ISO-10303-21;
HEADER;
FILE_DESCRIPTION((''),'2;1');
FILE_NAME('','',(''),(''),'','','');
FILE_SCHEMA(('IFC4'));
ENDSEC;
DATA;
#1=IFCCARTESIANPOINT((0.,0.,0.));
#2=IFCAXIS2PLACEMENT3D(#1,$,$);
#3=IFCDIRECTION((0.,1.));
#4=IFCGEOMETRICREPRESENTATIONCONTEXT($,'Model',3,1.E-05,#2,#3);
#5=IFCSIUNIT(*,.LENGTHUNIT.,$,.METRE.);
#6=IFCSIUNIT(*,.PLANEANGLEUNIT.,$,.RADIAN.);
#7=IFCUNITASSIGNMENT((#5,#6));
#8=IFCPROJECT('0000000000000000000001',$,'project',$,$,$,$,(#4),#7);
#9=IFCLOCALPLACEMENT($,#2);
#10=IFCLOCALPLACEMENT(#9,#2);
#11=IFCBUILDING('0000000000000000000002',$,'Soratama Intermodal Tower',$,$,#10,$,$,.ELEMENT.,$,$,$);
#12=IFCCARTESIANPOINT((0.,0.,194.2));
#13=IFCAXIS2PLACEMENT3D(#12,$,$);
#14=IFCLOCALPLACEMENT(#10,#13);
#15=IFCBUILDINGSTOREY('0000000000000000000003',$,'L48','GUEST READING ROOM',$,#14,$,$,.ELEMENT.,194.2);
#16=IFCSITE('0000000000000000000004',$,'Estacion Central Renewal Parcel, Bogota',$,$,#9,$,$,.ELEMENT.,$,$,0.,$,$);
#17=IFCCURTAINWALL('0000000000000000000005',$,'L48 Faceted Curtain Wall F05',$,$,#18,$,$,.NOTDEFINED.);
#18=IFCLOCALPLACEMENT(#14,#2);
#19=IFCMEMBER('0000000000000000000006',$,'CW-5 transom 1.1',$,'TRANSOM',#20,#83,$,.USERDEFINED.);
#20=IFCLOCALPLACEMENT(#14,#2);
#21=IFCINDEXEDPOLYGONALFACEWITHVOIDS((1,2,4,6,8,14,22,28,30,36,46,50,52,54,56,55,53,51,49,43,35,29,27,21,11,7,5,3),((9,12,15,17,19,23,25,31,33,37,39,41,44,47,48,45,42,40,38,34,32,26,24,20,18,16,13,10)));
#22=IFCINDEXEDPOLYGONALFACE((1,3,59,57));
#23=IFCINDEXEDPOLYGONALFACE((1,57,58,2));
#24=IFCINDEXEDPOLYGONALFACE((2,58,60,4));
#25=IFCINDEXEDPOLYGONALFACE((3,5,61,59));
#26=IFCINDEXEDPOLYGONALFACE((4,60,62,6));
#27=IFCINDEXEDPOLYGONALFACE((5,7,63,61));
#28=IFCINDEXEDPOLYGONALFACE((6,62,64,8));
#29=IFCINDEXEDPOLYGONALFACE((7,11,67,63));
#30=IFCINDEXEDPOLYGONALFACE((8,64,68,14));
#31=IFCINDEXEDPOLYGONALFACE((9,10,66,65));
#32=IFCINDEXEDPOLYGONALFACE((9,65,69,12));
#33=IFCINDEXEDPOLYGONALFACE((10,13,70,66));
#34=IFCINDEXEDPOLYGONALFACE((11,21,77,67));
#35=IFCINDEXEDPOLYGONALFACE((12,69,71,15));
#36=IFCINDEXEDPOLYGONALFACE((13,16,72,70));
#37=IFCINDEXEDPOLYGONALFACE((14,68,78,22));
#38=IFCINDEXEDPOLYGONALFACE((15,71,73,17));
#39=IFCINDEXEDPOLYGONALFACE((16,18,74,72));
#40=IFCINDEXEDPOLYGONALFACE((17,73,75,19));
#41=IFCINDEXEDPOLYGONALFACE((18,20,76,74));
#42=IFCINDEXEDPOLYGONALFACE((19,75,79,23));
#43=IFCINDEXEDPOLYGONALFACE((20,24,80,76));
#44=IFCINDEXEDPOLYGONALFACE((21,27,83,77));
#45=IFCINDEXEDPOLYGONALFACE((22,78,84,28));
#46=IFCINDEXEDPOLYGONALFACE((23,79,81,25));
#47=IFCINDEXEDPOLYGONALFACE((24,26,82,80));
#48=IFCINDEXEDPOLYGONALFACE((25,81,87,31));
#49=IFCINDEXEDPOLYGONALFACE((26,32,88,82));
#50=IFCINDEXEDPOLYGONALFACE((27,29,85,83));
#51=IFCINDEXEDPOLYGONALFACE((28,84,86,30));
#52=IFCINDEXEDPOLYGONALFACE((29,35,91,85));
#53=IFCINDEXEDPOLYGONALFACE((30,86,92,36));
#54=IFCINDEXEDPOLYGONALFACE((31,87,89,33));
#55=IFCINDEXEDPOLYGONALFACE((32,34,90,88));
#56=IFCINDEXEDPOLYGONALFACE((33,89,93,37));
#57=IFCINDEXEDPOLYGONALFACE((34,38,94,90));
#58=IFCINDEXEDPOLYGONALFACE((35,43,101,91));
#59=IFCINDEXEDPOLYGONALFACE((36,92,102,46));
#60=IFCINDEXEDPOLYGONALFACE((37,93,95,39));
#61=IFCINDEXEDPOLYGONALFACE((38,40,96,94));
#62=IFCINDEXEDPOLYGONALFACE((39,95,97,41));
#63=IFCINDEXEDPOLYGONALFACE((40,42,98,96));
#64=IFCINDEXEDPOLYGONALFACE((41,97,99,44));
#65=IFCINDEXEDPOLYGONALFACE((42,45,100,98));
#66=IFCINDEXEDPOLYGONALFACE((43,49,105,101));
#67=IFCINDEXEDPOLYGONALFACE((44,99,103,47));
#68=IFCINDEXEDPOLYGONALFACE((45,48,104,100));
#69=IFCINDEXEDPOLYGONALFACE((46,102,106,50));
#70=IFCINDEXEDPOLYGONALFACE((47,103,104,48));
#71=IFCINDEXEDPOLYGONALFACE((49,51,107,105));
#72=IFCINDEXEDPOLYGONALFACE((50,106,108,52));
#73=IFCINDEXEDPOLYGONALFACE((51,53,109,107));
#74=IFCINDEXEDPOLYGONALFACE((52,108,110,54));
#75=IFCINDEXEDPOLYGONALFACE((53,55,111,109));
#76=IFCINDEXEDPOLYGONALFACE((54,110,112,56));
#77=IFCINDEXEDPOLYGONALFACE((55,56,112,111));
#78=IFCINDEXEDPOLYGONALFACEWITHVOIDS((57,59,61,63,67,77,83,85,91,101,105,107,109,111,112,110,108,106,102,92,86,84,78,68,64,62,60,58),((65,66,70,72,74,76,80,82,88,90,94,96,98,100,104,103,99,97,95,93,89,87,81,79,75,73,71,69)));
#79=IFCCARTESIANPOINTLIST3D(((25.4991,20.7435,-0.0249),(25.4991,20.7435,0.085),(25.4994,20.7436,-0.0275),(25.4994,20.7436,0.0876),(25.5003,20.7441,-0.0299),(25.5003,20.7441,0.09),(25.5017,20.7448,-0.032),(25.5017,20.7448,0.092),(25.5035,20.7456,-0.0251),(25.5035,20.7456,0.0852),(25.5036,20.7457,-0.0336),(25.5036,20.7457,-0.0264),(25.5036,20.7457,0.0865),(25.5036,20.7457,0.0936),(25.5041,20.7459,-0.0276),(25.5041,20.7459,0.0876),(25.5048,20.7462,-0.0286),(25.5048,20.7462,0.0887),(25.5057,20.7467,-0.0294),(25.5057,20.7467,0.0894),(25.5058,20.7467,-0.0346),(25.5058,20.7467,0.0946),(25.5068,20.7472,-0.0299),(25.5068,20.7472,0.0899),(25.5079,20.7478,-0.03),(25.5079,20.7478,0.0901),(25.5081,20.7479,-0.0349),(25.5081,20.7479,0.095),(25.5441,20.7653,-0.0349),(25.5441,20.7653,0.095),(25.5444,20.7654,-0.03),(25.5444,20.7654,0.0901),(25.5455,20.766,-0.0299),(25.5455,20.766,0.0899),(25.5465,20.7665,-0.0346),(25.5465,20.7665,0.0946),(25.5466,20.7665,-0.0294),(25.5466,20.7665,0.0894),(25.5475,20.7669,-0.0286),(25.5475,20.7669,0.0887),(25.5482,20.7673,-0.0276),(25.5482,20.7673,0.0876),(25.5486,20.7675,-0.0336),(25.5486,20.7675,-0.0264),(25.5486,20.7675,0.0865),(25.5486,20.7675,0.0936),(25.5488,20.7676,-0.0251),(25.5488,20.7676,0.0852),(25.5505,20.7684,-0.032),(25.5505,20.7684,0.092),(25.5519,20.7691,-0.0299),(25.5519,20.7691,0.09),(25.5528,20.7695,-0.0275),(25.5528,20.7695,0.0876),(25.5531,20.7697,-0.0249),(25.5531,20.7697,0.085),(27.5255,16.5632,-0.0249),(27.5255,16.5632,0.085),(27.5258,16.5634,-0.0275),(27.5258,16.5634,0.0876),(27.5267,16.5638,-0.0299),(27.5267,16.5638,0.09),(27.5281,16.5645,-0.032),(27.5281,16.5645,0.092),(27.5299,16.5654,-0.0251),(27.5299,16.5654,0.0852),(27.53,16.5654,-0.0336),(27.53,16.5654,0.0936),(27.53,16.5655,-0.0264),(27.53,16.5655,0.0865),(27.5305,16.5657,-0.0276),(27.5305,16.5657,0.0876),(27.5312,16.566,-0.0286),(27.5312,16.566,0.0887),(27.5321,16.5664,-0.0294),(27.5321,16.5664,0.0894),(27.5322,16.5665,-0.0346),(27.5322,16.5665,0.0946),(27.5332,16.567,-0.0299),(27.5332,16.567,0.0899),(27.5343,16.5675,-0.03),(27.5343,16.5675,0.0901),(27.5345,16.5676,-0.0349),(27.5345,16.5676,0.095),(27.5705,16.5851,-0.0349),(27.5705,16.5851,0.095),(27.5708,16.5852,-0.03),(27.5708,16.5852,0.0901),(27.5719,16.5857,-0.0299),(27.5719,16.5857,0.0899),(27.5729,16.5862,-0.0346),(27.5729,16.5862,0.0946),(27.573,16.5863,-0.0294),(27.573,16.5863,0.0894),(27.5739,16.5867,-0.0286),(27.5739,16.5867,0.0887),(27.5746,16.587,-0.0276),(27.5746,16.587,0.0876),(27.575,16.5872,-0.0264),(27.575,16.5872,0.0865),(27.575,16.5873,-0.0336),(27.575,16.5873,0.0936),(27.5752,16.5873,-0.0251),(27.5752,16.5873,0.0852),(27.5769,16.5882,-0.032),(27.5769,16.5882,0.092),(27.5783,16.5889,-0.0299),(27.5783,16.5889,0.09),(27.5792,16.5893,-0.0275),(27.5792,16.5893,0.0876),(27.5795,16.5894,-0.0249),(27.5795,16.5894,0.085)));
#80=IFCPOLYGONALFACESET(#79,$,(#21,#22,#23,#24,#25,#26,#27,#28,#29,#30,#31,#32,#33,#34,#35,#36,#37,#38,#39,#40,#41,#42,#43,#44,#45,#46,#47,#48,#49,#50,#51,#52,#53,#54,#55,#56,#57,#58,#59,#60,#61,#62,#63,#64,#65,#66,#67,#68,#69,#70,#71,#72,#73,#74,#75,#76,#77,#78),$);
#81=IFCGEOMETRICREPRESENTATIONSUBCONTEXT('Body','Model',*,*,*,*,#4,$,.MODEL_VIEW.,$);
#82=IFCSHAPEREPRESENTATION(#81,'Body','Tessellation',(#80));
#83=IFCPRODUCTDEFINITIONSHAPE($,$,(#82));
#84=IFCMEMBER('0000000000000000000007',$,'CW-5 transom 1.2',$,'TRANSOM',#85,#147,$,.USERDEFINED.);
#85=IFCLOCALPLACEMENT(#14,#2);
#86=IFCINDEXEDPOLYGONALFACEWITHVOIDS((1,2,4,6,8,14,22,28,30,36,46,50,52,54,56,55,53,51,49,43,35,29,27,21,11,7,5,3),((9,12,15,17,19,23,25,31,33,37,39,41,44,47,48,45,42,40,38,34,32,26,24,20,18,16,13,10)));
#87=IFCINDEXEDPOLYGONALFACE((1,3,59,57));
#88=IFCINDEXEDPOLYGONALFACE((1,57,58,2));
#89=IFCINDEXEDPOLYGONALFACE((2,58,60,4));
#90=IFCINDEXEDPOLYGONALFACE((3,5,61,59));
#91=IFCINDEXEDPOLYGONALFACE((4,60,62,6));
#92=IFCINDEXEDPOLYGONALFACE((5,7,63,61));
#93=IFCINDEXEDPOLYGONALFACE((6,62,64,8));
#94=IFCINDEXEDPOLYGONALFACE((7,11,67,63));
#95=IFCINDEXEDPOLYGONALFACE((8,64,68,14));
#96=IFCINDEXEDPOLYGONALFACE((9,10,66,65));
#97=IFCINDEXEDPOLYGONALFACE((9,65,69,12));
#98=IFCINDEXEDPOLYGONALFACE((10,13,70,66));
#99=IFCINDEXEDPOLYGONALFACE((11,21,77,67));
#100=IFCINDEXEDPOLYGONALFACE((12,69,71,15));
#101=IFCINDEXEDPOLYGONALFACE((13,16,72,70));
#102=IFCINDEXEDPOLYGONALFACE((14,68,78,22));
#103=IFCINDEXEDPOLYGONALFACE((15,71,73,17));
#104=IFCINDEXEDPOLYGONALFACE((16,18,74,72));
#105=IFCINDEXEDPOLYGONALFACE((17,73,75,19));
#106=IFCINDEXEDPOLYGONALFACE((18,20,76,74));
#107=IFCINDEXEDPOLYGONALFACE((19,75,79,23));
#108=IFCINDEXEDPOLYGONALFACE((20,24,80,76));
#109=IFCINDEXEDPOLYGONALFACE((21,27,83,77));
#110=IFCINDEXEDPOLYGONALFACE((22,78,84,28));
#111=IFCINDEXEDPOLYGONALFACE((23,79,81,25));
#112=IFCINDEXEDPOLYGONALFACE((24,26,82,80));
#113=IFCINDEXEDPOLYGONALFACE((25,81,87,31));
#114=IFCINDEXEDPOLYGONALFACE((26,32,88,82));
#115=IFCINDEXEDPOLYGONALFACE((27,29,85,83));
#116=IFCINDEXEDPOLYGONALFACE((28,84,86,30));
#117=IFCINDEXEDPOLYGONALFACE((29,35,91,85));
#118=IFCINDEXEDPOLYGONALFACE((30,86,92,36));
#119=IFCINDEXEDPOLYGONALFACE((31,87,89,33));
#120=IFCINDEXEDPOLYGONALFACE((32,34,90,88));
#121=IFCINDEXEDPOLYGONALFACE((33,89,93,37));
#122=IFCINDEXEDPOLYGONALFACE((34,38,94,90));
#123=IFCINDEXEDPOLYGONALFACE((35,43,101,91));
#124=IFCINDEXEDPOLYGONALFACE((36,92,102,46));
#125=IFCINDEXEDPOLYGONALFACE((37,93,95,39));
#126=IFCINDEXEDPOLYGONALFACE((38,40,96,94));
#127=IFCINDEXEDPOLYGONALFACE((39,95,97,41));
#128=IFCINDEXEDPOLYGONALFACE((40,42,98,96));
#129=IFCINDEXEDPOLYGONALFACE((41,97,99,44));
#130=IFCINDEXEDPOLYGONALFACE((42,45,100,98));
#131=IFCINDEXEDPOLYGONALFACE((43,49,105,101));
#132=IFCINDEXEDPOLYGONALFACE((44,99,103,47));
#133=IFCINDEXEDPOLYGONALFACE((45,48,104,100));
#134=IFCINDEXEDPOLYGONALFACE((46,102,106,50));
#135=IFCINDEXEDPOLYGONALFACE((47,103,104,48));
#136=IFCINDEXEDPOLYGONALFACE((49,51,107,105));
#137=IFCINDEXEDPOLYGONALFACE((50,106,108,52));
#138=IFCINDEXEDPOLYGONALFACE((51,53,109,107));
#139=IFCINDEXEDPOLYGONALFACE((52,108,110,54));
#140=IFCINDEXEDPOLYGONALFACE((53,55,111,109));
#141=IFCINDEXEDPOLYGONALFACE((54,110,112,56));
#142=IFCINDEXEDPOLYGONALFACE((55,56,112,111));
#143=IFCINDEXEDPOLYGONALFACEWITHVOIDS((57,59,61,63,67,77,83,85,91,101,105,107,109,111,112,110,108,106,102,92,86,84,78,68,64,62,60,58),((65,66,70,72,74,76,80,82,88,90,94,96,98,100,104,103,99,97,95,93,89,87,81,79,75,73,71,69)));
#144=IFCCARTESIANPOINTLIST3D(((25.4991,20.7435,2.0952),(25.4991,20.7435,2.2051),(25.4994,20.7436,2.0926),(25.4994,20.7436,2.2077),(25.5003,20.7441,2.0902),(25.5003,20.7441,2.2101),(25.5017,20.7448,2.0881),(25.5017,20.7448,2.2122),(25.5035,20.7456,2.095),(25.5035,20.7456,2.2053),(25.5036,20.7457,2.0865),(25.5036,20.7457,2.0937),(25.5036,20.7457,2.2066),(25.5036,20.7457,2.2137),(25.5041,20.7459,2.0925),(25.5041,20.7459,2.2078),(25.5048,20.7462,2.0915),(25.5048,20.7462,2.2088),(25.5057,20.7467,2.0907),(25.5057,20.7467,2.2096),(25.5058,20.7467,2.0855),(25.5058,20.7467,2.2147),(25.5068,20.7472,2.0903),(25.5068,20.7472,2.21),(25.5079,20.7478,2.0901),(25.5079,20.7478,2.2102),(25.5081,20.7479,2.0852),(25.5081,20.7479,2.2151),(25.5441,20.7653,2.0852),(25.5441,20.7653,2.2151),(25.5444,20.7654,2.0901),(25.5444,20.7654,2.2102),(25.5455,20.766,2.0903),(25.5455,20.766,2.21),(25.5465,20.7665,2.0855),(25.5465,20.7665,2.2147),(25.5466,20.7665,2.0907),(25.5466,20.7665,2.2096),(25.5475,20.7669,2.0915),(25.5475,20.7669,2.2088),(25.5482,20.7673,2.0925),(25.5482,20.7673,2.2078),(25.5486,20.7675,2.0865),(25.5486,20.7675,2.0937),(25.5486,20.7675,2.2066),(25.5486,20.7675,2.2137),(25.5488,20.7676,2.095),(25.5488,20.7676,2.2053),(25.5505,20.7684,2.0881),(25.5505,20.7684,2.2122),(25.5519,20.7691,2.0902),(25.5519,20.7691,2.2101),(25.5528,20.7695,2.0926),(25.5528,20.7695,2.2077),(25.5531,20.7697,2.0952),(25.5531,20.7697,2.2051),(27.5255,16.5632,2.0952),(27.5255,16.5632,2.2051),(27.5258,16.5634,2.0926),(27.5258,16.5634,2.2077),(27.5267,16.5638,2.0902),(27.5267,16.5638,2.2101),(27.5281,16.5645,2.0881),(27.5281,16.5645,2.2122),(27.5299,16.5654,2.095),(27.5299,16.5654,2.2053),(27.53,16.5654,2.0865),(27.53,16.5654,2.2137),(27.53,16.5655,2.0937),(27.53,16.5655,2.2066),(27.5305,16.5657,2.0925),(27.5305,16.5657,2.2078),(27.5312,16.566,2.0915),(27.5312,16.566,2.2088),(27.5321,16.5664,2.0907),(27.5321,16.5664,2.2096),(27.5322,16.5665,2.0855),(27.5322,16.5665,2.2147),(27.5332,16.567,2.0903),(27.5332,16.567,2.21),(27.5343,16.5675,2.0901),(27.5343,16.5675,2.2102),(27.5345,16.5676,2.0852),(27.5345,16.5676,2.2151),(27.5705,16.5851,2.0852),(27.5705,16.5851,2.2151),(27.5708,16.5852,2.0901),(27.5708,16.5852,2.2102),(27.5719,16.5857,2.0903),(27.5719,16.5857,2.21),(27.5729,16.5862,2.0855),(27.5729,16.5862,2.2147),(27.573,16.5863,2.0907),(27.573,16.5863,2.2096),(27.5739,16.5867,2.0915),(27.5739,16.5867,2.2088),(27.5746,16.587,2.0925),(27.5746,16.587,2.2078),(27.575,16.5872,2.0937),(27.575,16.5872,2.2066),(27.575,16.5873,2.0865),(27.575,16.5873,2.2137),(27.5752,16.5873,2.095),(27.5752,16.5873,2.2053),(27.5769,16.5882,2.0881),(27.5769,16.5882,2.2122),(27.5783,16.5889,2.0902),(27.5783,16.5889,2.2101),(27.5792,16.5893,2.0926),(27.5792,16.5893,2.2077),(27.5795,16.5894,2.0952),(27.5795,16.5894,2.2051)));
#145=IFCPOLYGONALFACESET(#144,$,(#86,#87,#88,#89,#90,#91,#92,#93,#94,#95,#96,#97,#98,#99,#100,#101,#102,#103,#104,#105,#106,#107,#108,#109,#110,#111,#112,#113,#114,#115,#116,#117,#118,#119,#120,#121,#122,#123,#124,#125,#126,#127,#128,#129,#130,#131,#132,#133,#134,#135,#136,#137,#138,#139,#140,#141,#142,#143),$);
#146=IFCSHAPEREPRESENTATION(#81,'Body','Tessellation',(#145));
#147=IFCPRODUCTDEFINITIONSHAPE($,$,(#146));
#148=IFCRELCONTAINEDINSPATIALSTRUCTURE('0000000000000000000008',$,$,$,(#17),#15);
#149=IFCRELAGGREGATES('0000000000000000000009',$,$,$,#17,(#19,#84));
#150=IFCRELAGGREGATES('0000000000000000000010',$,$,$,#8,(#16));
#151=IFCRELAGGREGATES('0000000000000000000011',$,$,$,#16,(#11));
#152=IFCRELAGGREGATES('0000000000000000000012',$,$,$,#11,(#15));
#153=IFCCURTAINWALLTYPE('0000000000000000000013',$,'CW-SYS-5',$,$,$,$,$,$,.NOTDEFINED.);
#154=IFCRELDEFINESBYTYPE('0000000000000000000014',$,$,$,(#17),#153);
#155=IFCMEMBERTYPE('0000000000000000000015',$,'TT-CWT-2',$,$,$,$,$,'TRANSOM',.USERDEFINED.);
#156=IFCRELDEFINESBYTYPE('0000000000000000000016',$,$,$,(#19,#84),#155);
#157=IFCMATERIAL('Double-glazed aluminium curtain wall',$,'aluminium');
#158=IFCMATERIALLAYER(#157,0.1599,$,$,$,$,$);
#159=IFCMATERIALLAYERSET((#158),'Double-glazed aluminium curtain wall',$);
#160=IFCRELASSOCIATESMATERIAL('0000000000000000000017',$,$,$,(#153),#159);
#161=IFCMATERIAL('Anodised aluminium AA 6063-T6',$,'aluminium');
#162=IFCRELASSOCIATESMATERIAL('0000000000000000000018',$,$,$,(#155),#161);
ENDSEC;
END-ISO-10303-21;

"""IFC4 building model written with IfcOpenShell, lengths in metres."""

from ifc_helpers import new_model, si_unit, direction, frame, origin, origin_2d, place, context, subcontext, project, spatial, hollow_rectangle, extrude, material, layer, layer_set, material_profile, profile_set, type_object, element, aggregate, save


model = new_model("IFC4")

# Units and contexts
model_context = context("Model", 3, precision=1e-05, world=origin(), true_north=direction((0.0, 1.0)))
body_context = subcontext(model_context, "Body", "Model", "MODEL_VIEW")
ifc_project = project(units=[si_unit("LENGTHUNIT", "METRE"), si_unit("PLANEANGLEUNIT", "RADIAN")], contexts=[model_context])

# Site, building, storey
site_placement = place(None, origin())
site = spatial("IfcSite", under=ifc_project, at=site_placement, Name="Estacion Central Renewal Parcel, Bogota", CompositionType="ELEMENT", RefElevation=0.0)
building_placement = place(site_placement, origin())
building = spatial("IfcBuilding", under=site, at=building_placement, Name="Soratama Intermodal Tower", CompositionType="ELEMENT")
storey_placement = place(building_placement, frame((0.0, 0.0, 194.2)))
storey = spatial("IfcBuildingStorey", under=building, at=storey_placement, Name="L48", Description="GUEST READING ROOM", CompositionType="ELEMENT", Elevation=194.2)

# Curtain wall, members
ifc_material_1 = material(Name="Double-glazed aluminium curtain wall", Category="aluminium")
ifc_layer_1 = layer(ifc_material_1, 0.1599)
ifc_layer_set_1 = layer_set([ifc_layer_1], Name="Double-glazed aluminium curtain wall")
curtain_wall_type = type_object("IfcCurtainWallType", Name="CW-SYS-5", PredefinedType="NOTDEFINED", material=ifc_layer_set_1)
curtain_wall_placement = place(storey_placement, origin())
curtain_wall = element("IfcCurtainWall", 1, at=curtain_wall_placement, inside=storey, type_object=curtain_wall_type, Name="L48 Faceted Curtain Wall F05", PredefinedType="NOTDEFINED")
ifc_material_2 = material(Name="Anodised aluminium AA 6063-T6", Category="aluminium")
ifc_material_profile_1 = material_profile(ifc_material_2, hollow_rectangle(XDim=0.0601, YDim=0.1299, WallThickness=0.0049, InnerFilletRadius=0.0049, OuterFilletRadius=0.01, at=origin_2d()), Name="CWT130X60X5")
ifc_profile_set_1 = profile_set([ifc_material_profile_1], Name="Anodised aluminium AA 6063-T6")
member_type_1 = type_object("IfcMemberType", Name="TT-CWT-2", ElementType="TRANSOM", PredefinedType="USERDEFINED", material=ifc_profile_set_1)
member_1_placement = place(storey_placement, frame((25.5261, 20.7566, 0.03), z_axis=(0.436206, -0.899847, 0.0), x_axis=(0.899847, 0.436206, 0.0)))
member_1 = element("IfcMember", 2, at=member_1_placement, type_object=member_type_1, Name="CW-5 transom 1.1", ObjectType="TRANSOM", PredefinedType="USERDEFINED", context=body_context, shape_type="SweptSolid", body=[
    extrude(hollow_rectangle(XDim=0.0601, YDim=0.1299, WallThickness=0.0049, InnerFilletRadius=0.0049, OuterFilletRadius=0.01, at=origin_2d()), origin(), (0.0, 0.0, 1.0), 4.6455),
])
member_2_placement = place(storey_placement, frame((25.5261, 20.7566, 2.1501), z_axis=(0.436206, -0.899847, 0.0), x_axis=(0.899847, 0.436206, 0.0)))
member_2 = element("IfcMember", 3, at=member_2_placement, type_object=member_type_1, Name="CW-5 transom 1.2", ObjectType="TRANSOM", PredefinedType="USERDEFINED", context=body_context, shape_type="SweptSolid", body=[
    extrude(hollow_rectangle(XDim=0.0601, YDim=0.1299, WallThickness=0.0049, InnerFilletRadius=0.0049, OuterFilletRadius=0.01, at=origin_2d()), origin(), (0.0, 0.0, 1.0), 4.6455),
])
aggregate(curtain_wall, [member_1, member_2])

save(model, "model.ifc")
